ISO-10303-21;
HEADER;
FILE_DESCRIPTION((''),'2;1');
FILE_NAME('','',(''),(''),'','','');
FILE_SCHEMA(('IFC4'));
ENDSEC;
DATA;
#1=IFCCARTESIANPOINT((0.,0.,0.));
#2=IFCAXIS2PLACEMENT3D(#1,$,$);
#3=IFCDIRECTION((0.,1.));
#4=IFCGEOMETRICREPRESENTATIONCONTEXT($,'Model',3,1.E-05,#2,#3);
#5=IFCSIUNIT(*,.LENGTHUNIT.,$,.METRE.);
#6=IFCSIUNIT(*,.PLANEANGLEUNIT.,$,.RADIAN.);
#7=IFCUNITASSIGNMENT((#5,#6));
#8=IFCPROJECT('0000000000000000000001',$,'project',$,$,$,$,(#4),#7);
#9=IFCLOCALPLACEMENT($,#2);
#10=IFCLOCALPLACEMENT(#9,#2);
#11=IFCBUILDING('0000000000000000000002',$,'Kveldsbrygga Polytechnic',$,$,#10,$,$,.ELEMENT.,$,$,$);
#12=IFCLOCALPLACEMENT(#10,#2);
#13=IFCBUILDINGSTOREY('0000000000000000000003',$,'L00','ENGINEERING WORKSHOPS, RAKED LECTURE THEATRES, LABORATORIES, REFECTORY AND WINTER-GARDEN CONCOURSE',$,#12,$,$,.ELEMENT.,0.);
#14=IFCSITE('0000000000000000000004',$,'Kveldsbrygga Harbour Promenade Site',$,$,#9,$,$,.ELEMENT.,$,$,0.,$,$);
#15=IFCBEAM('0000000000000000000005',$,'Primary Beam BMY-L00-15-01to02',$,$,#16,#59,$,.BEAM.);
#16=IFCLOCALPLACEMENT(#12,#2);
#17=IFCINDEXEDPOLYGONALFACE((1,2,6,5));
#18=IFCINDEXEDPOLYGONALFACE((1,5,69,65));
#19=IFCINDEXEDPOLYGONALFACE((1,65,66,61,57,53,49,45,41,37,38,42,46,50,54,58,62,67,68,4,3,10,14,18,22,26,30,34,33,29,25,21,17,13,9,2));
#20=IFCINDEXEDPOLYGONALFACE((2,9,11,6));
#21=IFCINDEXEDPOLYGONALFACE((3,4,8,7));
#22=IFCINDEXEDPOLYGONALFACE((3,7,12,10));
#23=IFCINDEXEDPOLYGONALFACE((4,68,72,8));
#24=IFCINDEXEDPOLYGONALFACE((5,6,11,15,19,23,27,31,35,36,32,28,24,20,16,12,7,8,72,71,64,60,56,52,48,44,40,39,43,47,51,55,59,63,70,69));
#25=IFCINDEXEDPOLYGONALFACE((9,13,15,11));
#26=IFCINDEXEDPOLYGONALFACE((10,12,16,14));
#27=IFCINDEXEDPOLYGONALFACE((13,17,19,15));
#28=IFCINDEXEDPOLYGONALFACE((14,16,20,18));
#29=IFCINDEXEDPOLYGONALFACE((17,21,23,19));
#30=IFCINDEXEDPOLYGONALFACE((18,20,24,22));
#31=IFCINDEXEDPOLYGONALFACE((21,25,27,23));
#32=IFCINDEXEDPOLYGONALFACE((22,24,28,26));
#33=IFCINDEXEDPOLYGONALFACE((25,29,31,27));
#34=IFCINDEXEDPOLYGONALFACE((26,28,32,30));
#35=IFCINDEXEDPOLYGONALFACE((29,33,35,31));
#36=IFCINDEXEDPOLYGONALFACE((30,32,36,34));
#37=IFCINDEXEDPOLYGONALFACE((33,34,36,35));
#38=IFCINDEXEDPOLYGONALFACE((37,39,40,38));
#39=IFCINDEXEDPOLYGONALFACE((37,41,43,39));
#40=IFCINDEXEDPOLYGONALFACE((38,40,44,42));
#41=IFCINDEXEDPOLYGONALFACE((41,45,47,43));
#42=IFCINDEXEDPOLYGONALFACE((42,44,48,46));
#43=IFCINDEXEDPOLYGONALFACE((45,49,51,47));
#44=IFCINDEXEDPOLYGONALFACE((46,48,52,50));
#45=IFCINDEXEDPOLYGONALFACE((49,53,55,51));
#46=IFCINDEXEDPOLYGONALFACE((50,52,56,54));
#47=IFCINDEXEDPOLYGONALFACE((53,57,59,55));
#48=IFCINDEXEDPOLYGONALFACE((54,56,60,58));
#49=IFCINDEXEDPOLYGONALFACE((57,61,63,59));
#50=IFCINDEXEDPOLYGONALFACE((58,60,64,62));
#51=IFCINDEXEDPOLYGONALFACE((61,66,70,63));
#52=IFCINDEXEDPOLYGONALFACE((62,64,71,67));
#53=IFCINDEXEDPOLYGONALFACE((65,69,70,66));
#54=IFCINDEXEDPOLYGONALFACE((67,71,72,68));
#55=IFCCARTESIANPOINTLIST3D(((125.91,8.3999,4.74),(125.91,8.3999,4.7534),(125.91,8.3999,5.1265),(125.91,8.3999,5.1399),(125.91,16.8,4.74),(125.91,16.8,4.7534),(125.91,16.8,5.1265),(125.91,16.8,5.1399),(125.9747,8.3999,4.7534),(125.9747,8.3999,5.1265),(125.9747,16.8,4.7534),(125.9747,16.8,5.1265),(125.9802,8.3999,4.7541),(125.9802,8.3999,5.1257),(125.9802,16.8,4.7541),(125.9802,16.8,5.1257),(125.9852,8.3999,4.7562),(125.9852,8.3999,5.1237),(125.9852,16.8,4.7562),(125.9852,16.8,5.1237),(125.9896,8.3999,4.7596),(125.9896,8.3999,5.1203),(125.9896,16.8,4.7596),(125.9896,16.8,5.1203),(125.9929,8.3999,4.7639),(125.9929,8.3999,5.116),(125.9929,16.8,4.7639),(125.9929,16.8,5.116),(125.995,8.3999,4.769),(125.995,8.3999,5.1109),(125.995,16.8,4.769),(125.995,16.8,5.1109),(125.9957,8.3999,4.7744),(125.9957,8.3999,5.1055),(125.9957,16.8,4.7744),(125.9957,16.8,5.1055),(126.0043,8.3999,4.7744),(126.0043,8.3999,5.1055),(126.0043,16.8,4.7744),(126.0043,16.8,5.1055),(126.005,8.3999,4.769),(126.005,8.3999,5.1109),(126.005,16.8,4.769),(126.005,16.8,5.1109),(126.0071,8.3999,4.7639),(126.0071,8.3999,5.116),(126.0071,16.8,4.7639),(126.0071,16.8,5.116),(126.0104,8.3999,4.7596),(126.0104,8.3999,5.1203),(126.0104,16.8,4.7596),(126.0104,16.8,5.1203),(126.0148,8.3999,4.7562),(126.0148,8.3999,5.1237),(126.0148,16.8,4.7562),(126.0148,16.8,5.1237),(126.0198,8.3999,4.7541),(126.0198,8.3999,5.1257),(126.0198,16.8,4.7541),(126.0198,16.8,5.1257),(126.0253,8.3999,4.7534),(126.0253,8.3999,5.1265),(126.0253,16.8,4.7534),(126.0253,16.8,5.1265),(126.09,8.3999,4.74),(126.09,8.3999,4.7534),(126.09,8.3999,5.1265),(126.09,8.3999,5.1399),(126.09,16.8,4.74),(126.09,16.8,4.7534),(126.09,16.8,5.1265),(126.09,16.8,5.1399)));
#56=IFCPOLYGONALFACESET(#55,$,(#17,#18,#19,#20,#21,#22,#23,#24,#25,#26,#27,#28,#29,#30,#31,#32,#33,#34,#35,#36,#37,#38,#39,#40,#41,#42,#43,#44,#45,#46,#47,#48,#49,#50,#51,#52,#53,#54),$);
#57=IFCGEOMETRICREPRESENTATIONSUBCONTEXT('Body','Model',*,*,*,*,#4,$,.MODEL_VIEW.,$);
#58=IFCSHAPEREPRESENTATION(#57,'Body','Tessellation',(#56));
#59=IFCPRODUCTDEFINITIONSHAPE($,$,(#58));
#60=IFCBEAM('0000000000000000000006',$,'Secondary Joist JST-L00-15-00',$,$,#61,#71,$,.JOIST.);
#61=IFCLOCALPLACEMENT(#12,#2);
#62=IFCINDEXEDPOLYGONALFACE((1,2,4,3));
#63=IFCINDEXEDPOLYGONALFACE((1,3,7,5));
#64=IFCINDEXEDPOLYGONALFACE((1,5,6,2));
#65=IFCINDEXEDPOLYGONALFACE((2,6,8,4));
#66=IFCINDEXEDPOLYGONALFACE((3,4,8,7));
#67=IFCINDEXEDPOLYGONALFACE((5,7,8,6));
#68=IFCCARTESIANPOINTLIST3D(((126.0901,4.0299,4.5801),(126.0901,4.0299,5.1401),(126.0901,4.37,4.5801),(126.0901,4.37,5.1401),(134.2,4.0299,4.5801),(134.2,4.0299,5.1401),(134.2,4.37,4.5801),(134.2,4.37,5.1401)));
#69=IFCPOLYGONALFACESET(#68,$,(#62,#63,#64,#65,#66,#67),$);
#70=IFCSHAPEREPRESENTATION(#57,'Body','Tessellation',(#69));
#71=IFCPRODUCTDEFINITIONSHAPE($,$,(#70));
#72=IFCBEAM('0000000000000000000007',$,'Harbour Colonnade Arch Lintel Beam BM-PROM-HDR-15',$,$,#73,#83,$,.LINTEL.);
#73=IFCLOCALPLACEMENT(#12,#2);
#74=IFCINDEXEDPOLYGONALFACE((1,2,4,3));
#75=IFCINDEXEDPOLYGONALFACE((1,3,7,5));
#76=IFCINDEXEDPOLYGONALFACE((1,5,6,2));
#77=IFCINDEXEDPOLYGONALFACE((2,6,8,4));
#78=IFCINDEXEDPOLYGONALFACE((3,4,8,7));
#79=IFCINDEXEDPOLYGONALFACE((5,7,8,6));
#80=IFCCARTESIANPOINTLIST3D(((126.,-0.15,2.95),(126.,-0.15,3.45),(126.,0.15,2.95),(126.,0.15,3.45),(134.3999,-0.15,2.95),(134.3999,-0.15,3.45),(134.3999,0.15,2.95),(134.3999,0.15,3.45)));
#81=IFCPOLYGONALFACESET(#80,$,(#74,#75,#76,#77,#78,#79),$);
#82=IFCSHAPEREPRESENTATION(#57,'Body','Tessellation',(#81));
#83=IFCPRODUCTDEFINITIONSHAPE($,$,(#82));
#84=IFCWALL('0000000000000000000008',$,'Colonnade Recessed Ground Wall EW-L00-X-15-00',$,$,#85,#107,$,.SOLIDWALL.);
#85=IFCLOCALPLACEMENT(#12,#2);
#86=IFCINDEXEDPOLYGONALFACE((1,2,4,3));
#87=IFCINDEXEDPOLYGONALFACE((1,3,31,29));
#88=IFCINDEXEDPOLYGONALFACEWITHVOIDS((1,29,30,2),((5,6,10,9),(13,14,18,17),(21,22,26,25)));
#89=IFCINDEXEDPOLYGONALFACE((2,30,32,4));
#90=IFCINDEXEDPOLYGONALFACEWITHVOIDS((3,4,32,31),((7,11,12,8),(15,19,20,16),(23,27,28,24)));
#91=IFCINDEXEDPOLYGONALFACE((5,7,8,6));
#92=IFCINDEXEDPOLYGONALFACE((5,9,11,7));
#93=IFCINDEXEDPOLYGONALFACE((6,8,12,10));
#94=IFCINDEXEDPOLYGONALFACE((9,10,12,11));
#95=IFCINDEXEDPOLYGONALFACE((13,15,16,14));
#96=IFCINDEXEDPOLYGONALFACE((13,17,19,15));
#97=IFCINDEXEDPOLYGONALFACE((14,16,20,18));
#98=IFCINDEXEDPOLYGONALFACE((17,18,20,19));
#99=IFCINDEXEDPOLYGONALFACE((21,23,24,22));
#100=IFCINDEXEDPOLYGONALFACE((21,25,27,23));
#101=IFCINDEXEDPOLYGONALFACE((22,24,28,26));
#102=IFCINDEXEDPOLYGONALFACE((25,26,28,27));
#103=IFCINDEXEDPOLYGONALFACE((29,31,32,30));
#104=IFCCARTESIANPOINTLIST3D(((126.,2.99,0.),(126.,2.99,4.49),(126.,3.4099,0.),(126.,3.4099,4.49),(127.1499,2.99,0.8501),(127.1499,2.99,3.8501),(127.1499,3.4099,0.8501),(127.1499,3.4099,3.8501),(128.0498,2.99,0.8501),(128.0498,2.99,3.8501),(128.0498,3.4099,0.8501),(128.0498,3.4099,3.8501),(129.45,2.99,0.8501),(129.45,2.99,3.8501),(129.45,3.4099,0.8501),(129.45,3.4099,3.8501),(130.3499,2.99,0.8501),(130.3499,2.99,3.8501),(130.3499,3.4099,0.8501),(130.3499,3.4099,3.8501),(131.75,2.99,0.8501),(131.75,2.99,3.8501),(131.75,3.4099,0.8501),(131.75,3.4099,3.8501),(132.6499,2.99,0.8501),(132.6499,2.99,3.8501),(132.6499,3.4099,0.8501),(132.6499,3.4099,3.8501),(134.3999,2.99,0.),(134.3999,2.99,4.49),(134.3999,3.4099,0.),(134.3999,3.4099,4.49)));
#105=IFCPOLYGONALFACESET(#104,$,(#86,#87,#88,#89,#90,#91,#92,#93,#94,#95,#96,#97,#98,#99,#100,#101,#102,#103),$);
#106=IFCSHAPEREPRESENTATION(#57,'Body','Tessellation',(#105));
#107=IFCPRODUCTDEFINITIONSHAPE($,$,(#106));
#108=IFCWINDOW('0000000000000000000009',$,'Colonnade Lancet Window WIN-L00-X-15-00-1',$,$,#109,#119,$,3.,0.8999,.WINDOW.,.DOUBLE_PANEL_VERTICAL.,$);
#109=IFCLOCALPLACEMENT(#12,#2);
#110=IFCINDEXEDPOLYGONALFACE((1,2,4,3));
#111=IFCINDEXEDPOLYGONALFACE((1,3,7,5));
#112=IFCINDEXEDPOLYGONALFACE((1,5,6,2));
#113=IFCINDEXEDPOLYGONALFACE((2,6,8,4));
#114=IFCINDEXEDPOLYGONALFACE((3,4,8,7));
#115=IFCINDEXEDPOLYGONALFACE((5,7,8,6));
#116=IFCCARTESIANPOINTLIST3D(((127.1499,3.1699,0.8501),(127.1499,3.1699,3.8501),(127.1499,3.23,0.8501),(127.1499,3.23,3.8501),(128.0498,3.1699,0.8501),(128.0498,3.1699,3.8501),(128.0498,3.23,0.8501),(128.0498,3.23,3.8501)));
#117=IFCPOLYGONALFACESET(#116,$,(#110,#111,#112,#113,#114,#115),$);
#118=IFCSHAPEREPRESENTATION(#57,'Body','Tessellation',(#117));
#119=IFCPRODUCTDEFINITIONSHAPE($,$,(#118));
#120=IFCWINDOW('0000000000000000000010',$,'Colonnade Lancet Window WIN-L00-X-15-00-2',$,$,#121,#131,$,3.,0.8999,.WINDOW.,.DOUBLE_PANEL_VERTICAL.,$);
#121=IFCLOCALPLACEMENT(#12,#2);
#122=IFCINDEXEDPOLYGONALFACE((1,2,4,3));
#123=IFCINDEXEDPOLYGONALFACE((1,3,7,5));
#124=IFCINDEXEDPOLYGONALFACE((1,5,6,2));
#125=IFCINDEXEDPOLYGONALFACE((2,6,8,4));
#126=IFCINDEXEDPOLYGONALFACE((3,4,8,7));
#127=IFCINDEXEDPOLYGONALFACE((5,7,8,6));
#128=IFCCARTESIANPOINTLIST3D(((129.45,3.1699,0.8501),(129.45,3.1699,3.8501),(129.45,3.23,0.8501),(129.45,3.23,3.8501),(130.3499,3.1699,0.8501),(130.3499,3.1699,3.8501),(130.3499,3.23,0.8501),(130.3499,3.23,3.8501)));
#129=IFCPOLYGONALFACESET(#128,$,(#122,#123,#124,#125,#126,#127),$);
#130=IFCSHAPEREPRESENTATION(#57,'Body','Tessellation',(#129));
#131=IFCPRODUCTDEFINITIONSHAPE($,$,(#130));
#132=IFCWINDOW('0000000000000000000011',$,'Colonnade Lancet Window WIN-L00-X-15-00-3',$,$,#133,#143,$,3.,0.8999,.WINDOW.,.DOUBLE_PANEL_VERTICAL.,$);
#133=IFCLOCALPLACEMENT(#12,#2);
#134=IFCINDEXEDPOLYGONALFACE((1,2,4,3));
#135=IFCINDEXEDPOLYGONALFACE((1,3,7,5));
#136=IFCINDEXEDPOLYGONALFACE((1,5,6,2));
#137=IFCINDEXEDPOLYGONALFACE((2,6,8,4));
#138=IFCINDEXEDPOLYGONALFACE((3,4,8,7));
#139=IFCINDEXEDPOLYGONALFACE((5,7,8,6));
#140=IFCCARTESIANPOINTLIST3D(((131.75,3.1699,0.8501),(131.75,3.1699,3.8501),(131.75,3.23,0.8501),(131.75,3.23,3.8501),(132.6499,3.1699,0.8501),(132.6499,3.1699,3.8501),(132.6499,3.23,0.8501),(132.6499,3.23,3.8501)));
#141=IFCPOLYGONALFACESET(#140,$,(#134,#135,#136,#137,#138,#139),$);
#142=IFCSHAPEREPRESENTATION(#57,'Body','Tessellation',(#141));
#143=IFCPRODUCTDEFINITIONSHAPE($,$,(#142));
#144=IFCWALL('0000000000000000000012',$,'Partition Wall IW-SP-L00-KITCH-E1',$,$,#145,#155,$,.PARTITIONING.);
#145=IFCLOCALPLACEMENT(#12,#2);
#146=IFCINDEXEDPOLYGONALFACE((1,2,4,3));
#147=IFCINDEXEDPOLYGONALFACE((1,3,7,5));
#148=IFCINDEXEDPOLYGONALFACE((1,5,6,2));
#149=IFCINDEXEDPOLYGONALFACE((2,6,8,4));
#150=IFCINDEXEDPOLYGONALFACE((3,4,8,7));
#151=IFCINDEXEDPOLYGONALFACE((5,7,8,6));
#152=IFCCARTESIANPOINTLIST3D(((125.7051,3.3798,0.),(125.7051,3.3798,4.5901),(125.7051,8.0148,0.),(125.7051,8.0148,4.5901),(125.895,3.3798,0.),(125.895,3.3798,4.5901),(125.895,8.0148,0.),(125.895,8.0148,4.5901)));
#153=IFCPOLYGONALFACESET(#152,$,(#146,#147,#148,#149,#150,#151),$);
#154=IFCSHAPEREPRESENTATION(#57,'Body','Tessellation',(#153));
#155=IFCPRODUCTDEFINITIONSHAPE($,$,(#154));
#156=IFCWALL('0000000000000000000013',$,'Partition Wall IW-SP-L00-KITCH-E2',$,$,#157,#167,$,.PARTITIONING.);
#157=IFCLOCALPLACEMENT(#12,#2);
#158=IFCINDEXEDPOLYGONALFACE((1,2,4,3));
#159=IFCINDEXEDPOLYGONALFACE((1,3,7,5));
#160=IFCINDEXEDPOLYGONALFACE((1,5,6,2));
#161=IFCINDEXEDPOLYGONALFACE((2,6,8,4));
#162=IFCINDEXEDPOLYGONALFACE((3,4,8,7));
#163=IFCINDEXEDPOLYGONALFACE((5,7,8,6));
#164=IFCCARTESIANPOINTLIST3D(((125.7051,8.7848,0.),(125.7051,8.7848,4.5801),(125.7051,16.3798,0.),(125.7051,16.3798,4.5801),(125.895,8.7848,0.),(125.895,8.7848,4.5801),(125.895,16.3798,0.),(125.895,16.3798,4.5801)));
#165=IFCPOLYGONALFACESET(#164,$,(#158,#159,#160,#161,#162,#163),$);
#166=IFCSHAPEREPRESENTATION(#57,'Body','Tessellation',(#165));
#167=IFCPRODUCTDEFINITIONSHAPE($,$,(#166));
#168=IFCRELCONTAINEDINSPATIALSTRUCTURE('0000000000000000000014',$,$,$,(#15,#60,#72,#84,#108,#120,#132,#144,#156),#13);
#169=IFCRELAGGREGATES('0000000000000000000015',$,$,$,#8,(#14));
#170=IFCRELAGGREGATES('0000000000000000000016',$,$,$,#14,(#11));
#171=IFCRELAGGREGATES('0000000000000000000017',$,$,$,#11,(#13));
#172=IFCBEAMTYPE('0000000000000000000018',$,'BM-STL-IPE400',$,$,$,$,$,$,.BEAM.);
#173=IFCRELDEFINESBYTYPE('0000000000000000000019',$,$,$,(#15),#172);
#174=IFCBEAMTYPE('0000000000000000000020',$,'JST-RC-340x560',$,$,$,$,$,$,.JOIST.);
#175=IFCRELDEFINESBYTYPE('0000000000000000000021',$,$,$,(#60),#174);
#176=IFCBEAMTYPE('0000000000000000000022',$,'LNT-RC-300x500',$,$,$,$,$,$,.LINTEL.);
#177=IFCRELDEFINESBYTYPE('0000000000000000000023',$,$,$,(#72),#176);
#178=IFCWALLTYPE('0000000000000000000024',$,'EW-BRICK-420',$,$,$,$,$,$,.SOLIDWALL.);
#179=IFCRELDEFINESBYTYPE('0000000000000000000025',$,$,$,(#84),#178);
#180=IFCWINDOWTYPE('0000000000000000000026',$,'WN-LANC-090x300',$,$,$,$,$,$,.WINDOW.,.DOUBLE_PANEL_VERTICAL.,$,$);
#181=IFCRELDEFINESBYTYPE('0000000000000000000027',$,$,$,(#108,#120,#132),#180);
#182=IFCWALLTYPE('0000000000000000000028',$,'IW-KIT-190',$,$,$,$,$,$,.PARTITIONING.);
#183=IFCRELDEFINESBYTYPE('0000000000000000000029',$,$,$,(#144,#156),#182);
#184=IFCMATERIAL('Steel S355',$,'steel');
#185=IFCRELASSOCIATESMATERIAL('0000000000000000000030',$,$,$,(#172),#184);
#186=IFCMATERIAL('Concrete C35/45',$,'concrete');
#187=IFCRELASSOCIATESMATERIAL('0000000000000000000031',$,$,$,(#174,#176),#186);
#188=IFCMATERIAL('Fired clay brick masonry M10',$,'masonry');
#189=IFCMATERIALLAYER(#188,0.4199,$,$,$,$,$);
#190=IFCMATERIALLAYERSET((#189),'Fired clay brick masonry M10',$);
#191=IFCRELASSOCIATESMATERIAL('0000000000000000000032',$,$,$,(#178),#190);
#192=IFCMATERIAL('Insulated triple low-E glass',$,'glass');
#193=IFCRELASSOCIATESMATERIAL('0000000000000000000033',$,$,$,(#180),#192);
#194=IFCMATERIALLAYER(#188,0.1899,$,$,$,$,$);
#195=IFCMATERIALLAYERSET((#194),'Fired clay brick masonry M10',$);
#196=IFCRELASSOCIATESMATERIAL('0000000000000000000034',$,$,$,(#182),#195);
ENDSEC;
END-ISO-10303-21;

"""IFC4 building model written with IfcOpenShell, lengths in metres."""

from ifc_helpers import new_model, si_unit, direction, frame, frame_2d, origin, origin_2d, place, context, subcontext, project, spatial, rectangle, i_section, extrude, material, layer, layer_set, material_profile, profile_set, type_object, element, fill, save


model = new_model("IFC4")

# Units and contexts
model_context = context("Model", 3, precision=1e-05, world=origin(), true_north=direction((0.0, 1.0)))
body_context = subcontext(model_context, "Body", "Model", "MODEL_VIEW")
ifc_project = project(units=[si_unit("LENGTHUNIT", "METRE"), si_unit("PLANEANGLEUNIT", "RADIAN")], contexts=[model_context])

# Site, building, storey
site_placement = place(None, origin())
site = spatial("IfcSite", under=ifc_project, at=site_placement, Name="Kveldsbrygga Harbour Promenade Site", CompositionType="ELEMENT", RefElevation=0.0)
building_placement = place(site_placement, origin())
building = spatial("IfcBuilding", under=site, at=building_placement, Name="Kveldsbrygga Polytechnic", CompositionType="ELEMENT")
storey_placement = place(building_placement, origin())
storey = spatial("IfcBuildingStorey", under=building, at=storey_placement, Name="L00", Description="ENGINEERING WORKSHOPS, RAKED LECTURE THEATRES, LABORATORIES, REFECTORY AND WINTER-GARDEN CONCOURSE", CompositionType="ELEMENT", Elevation=0.0)

# Beams
ifc_material_1 = material(Name="Concrete C35/45", Category="concrete")
ifc_material_2 = material(Name="Steel S355", Category="steel")
ifc_material_profile_1 = material_profile(ifc_material_2, i_section(OverallWidth=0.1799, OverallDepth=0.3999, WebThickness=0.0085, FlangeThickness=0.0134, FilletRadius=0.021, at=origin_2d()), Name="IPE 400")
ifc_profile_set_1 = profile_set([ifc_material_profile_1], Name="Steel S355")
beam_type_1 = type_object("IfcBeamType", Name="BM-STL-IPE400", PredefinedType="BEAM", material=ifc_profile_set_1)
beam_1_placement = place(storey_placement, frame((126.0, 8.3999, 4.9399), z_axis=(0.0, 1.0, 0.0), x_axis=(-1.0, 0.0, 0.0)))
element("IfcBeam", 1, at=beam_1_placement, inside=storey, type_object=beam_type_1, Name="Primary Beam BMY-L00-15-01to02", PredefinedType="BEAM", context=body_context, shape_type="SweptSolid", body=[
    extrude(i_section(OverallWidth=0.1799, OverallDepth=0.3999, WebThickness=0.0085, FlangeThickness=0.0134, FilletRadius=0.021, at=origin_2d()), origin(), (0.0, 0.0, 1.0), 8.4001),
])
ifc_material_profile_2 = material_profile(ifc_material_1, rectangle(XDim=0.3401, YDim=0.5601, at=origin_2d()), Name="RC 340x560")
ifc_profile_set_2 = profile_set([ifc_material_profile_2], Name="Concrete C35/45")
beam_type_2 = type_object("IfcBeamType", Name="JST-RC-340x560", PredefinedType="JOIST", material=ifc_profile_set_2)
beam_2_placement = place(storey_placement, frame((126.0901, 4.2, 4.8601), z_axis=(1.0, 0.0, 0.0), x_axis=(0.0, 1.0, 0.0)))
element("IfcBeam", 2, at=beam_2_placement, inside=storey, type_object=beam_type_2, Name="Secondary Joist JST-L00-15-00", PredefinedType="JOIST", context=body_context, shape_type="SweptSolid", body=[
    extrude(rectangle(XDim=0.3401, YDim=0.5601, at=origin_2d()), origin(), (0.0, 0.0, 1.0), 8.1099),
])
ifc_material_profile_3 = material_profile(ifc_material_1, rectangle(XDim=0.3, YDim=0.5, at=origin_2d()), Name="RC 300x500")
ifc_profile_set_3 = profile_set([ifc_material_profile_3], Name="Concrete C35/45")
beam_type_3 = type_object("IfcBeamType", Name="LNT-RC-300x500", PredefinedType="LINTEL", material=ifc_profile_set_3)
beam_3_placement = place(storey_placement, frame((126.0, 0.0, 3.2), z_axis=(1.0, 0.0, 0.0), x_axis=(0.0, 1.0, 0.0)))
element("IfcBeam", 3, at=beam_3_placement, inside=storey, type_object=beam_type_3, Name="Harbour Colonnade Arch Lintel Beam BM-PROM-HDR-15", PredefinedType="LINTEL", context=body_context, shape_type="SweptSolid", body=[
    extrude(rectangle(XDim=0.3, YDim=0.5, at=origin_2d()), origin(), (0.0, 0.0, 1.0), 8.3999),
])

# Wall, openings, windows
ifc_material_3 = material(Name="Fired clay brick masonry M10", Category="masonry")
ifc_layer_1 = layer(ifc_material_3, 0.4199)
ifc_layer_set_1 = layer_set([ifc_layer_1], Name="Fired clay brick masonry M10")
wall_type_1 = type_object("IfcWallType", Name="EW-BRICK-420", PredefinedType="SOLIDWALL", material=ifc_layer_set_1)
wall_1_placement = place(storey_placement, frame((126.0, 3.2, 0.0), z_axis=(0.0, 0.0, 1.0), x_axis=(1.0, 0.0, 0.0)))
wall_1 = element("IfcWall", 4, at=wall_1_placement, inside=storey, type_object=wall_type_1, Name="Colonnade Recessed Ground Wall EW-L00-X-15-00", PredefinedType="SOLIDWALL", context=body_context, shape_type="SweptSolid", body=[
    extrude(rectangle(XDim=8.3999, YDim=0.4199, at=frame_2d((4.2, 0.0))), origin(), (0.0, 0.0, 1.0), 4.49),
])
opening_1_placement = place(wall_1_placement, frame((1.1499, 0.0, 0.8501)))
opening_1 = element("IfcOpeningElement", 5, at=opening_1_placement, cuts=wall_1, PredefinedType="OPENING", context=body_context, shape_type="SweptSolid", body=[
    extrude(rectangle(XDim=0.8999, YDim=3.0, at=frame_2d((0.45, 1.5))), frame((0.0, 0.22, 0.0), z_axis=(0.0, -1.0, 0.0), x_axis=(1.0, 0.0, 0.0)), (0.0, 0.0, 1.0), 0.4399),
])
opening_2_placement = place(wall_1_placement, frame((3.45, 0.0, 0.8501)))
opening_2 = element("IfcOpeningElement", 6, at=opening_2_placement, cuts=wall_1, PredefinedType="OPENING", context=body_context, shape_type="SweptSolid", body=[
    extrude(rectangle(XDim=0.8999, YDim=3.0, at=frame_2d((0.45, 1.5))), frame((0.0, 0.22, 0.0), z_axis=(0.0, -1.0, 0.0), x_axis=(1.0, 0.0, 0.0)), (0.0, 0.0, 1.0), 0.4399),
])
opening_3_placement = place(wall_1_placement, frame((5.75, 0.0, 0.8501)))
opening_3 = element("IfcOpeningElement", 7, at=opening_3_placement, cuts=wall_1, PredefinedType="OPENING", context=body_context, shape_type="SweptSolid", body=[
    extrude(rectangle(XDim=0.8999, YDim=3.0, at=frame_2d((0.45, 1.5))), frame((0.0, 0.22, 0.0), z_axis=(0.0, -1.0, 0.0), x_axis=(1.0, 0.0, 0.0)), (0.0, 0.0, 1.0), 0.4399),
])
ifc_material_4 = material(Name="Insulated triple low-E glass", Category="glass")
window_type = type_object("IfcWindowType", Name="WN-LANC-090x300", PartitioningType="DOUBLE_PANEL_VERTICAL", PredefinedType="WINDOW", material=ifc_material_4)
window_1_placement = place(opening_1_placement, origin())
window_1 = element("IfcWindow", 8, at=window_1_placement, inside=storey, type_object=window_type, Name="Colonnade Lancet Window WIN-L00-X-15-00-1", OverallHeight=3.0, OverallWidth=0.8999, PartitioningType="DOUBLE_PANEL_VERTICAL", PredefinedType="WINDOW", context=body_context, shape_type="SweptSolid", body=[
    extrude(rectangle(XDim=0.8999, YDim=3.0, at=frame_2d((0.45, 1.5))), frame((0.0, 0.03, 0.0), z_axis=(0.0, -1.0, 0.0), x_axis=(1.0, 0.0, 0.0)), (0.0, 0.0, 1.0), 0.0601),
])
fill(opening_1, window_1)
window_2_placement = place(opening_2_placement, origin())
window_2 = element("IfcWindow", 9, at=window_2_placement, inside=storey, type_object=window_type, Name="Colonnade Lancet Window WIN-L00-X-15-00-2", OverallHeight=3.0, OverallWidth=0.8999, PartitioningType="DOUBLE_PANEL_VERTICAL", PredefinedType="WINDOW", context=body_context, shape_type="SweptSolid", body=[
    extrude(rectangle(XDim=0.8999, YDim=3.0, at=frame_2d((0.45, 1.5))), frame((0.0, 0.03, 0.0), z_axis=(0.0, -1.0, 0.0), x_axis=(1.0, 0.0, 0.0)), (0.0, 0.0, 1.0), 0.0601),
])
fill(opening_2, window_2)
window_3_placement = place(opening_3_placement, origin())
window_3 = element("IfcWindow", 10, at=window_3_placement, inside=storey, type_object=window_type, Name="Colonnade Lancet Window WIN-L00-X-15-00-3", OverallHeight=3.0, OverallWidth=0.8999, PartitioningType="DOUBLE_PANEL_VERTICAL", PredefinedType="WINDOW", context=body_context, shape_type="SweptSolid", body=[
    extrude(rectangle(XDim=0.8999, YDim=3.0, at=frame_2d((0.45, 1.5))), frame((0.0, 0.03, 0.0), z_axis=(0.0, -1.0, 0.0), x_axis=(1.0, 0.0, 0.0)), (0.0, 0.0, 1.0), 0.0601),
])
fill(opening_3, window_3)

# Walls
ifc_layer_2 = layer(ifc_material_3, 0.1899)
ifc_layer_set_2 = layer_set([ifc_layer_2], Name="Fired clay brick masonry M10")
wall_type_2 = type_object("IfcWallType", Name="IW-KIT-190", PredefinedType="PARTITIONING", material=ifc_layer_set_2)
wall_2_placement = place(storey_placement, frame((125.8, 3.3799, 0.0), z_axis=(0.0, 0.0, 1.0), x_axis=(0.0, 1.0, 0.0)))
element("IfcWall", 11, at=wall_2_placement, inside=storey, type_object=wall_type_2, Name="Partition Wall IW-SP-L00-KITCH-E1", PredefinedType="PARTITIONING", context=body_context, shape_type="SweptSolid", body=[
    extrude(rectangle(XDim=4.635, YDim=0.1899, at=frame_2d((2.3174, 0.0))), origin(), (0.0, 0.0, 1.0), 4.5901),
])
wall_3_placement = place(storey_placement, frame((125.8, 8.7849, 0.0), z_axis=(0.0, 0.0, 1.0), x_axis=(0.0, 1.0, 0.0)))
element("IfcWall", 12, at=wall_3_placement, inside=storey, type_object=wall_type_2, Name="Partition Wall IW-SP-L00-KITCH-E2", PredefinedType="PARTITIONING", context=body_context, shape_type="SweptSolid", body=[
    extrude(rectangle(XDim=7.595, YDim=0.1899, at=frame_2d((3.7974, 0.0))), origin(), (0.0, 0.0, 1.0), 4.5801),
])

save(model, "model.ifc")
